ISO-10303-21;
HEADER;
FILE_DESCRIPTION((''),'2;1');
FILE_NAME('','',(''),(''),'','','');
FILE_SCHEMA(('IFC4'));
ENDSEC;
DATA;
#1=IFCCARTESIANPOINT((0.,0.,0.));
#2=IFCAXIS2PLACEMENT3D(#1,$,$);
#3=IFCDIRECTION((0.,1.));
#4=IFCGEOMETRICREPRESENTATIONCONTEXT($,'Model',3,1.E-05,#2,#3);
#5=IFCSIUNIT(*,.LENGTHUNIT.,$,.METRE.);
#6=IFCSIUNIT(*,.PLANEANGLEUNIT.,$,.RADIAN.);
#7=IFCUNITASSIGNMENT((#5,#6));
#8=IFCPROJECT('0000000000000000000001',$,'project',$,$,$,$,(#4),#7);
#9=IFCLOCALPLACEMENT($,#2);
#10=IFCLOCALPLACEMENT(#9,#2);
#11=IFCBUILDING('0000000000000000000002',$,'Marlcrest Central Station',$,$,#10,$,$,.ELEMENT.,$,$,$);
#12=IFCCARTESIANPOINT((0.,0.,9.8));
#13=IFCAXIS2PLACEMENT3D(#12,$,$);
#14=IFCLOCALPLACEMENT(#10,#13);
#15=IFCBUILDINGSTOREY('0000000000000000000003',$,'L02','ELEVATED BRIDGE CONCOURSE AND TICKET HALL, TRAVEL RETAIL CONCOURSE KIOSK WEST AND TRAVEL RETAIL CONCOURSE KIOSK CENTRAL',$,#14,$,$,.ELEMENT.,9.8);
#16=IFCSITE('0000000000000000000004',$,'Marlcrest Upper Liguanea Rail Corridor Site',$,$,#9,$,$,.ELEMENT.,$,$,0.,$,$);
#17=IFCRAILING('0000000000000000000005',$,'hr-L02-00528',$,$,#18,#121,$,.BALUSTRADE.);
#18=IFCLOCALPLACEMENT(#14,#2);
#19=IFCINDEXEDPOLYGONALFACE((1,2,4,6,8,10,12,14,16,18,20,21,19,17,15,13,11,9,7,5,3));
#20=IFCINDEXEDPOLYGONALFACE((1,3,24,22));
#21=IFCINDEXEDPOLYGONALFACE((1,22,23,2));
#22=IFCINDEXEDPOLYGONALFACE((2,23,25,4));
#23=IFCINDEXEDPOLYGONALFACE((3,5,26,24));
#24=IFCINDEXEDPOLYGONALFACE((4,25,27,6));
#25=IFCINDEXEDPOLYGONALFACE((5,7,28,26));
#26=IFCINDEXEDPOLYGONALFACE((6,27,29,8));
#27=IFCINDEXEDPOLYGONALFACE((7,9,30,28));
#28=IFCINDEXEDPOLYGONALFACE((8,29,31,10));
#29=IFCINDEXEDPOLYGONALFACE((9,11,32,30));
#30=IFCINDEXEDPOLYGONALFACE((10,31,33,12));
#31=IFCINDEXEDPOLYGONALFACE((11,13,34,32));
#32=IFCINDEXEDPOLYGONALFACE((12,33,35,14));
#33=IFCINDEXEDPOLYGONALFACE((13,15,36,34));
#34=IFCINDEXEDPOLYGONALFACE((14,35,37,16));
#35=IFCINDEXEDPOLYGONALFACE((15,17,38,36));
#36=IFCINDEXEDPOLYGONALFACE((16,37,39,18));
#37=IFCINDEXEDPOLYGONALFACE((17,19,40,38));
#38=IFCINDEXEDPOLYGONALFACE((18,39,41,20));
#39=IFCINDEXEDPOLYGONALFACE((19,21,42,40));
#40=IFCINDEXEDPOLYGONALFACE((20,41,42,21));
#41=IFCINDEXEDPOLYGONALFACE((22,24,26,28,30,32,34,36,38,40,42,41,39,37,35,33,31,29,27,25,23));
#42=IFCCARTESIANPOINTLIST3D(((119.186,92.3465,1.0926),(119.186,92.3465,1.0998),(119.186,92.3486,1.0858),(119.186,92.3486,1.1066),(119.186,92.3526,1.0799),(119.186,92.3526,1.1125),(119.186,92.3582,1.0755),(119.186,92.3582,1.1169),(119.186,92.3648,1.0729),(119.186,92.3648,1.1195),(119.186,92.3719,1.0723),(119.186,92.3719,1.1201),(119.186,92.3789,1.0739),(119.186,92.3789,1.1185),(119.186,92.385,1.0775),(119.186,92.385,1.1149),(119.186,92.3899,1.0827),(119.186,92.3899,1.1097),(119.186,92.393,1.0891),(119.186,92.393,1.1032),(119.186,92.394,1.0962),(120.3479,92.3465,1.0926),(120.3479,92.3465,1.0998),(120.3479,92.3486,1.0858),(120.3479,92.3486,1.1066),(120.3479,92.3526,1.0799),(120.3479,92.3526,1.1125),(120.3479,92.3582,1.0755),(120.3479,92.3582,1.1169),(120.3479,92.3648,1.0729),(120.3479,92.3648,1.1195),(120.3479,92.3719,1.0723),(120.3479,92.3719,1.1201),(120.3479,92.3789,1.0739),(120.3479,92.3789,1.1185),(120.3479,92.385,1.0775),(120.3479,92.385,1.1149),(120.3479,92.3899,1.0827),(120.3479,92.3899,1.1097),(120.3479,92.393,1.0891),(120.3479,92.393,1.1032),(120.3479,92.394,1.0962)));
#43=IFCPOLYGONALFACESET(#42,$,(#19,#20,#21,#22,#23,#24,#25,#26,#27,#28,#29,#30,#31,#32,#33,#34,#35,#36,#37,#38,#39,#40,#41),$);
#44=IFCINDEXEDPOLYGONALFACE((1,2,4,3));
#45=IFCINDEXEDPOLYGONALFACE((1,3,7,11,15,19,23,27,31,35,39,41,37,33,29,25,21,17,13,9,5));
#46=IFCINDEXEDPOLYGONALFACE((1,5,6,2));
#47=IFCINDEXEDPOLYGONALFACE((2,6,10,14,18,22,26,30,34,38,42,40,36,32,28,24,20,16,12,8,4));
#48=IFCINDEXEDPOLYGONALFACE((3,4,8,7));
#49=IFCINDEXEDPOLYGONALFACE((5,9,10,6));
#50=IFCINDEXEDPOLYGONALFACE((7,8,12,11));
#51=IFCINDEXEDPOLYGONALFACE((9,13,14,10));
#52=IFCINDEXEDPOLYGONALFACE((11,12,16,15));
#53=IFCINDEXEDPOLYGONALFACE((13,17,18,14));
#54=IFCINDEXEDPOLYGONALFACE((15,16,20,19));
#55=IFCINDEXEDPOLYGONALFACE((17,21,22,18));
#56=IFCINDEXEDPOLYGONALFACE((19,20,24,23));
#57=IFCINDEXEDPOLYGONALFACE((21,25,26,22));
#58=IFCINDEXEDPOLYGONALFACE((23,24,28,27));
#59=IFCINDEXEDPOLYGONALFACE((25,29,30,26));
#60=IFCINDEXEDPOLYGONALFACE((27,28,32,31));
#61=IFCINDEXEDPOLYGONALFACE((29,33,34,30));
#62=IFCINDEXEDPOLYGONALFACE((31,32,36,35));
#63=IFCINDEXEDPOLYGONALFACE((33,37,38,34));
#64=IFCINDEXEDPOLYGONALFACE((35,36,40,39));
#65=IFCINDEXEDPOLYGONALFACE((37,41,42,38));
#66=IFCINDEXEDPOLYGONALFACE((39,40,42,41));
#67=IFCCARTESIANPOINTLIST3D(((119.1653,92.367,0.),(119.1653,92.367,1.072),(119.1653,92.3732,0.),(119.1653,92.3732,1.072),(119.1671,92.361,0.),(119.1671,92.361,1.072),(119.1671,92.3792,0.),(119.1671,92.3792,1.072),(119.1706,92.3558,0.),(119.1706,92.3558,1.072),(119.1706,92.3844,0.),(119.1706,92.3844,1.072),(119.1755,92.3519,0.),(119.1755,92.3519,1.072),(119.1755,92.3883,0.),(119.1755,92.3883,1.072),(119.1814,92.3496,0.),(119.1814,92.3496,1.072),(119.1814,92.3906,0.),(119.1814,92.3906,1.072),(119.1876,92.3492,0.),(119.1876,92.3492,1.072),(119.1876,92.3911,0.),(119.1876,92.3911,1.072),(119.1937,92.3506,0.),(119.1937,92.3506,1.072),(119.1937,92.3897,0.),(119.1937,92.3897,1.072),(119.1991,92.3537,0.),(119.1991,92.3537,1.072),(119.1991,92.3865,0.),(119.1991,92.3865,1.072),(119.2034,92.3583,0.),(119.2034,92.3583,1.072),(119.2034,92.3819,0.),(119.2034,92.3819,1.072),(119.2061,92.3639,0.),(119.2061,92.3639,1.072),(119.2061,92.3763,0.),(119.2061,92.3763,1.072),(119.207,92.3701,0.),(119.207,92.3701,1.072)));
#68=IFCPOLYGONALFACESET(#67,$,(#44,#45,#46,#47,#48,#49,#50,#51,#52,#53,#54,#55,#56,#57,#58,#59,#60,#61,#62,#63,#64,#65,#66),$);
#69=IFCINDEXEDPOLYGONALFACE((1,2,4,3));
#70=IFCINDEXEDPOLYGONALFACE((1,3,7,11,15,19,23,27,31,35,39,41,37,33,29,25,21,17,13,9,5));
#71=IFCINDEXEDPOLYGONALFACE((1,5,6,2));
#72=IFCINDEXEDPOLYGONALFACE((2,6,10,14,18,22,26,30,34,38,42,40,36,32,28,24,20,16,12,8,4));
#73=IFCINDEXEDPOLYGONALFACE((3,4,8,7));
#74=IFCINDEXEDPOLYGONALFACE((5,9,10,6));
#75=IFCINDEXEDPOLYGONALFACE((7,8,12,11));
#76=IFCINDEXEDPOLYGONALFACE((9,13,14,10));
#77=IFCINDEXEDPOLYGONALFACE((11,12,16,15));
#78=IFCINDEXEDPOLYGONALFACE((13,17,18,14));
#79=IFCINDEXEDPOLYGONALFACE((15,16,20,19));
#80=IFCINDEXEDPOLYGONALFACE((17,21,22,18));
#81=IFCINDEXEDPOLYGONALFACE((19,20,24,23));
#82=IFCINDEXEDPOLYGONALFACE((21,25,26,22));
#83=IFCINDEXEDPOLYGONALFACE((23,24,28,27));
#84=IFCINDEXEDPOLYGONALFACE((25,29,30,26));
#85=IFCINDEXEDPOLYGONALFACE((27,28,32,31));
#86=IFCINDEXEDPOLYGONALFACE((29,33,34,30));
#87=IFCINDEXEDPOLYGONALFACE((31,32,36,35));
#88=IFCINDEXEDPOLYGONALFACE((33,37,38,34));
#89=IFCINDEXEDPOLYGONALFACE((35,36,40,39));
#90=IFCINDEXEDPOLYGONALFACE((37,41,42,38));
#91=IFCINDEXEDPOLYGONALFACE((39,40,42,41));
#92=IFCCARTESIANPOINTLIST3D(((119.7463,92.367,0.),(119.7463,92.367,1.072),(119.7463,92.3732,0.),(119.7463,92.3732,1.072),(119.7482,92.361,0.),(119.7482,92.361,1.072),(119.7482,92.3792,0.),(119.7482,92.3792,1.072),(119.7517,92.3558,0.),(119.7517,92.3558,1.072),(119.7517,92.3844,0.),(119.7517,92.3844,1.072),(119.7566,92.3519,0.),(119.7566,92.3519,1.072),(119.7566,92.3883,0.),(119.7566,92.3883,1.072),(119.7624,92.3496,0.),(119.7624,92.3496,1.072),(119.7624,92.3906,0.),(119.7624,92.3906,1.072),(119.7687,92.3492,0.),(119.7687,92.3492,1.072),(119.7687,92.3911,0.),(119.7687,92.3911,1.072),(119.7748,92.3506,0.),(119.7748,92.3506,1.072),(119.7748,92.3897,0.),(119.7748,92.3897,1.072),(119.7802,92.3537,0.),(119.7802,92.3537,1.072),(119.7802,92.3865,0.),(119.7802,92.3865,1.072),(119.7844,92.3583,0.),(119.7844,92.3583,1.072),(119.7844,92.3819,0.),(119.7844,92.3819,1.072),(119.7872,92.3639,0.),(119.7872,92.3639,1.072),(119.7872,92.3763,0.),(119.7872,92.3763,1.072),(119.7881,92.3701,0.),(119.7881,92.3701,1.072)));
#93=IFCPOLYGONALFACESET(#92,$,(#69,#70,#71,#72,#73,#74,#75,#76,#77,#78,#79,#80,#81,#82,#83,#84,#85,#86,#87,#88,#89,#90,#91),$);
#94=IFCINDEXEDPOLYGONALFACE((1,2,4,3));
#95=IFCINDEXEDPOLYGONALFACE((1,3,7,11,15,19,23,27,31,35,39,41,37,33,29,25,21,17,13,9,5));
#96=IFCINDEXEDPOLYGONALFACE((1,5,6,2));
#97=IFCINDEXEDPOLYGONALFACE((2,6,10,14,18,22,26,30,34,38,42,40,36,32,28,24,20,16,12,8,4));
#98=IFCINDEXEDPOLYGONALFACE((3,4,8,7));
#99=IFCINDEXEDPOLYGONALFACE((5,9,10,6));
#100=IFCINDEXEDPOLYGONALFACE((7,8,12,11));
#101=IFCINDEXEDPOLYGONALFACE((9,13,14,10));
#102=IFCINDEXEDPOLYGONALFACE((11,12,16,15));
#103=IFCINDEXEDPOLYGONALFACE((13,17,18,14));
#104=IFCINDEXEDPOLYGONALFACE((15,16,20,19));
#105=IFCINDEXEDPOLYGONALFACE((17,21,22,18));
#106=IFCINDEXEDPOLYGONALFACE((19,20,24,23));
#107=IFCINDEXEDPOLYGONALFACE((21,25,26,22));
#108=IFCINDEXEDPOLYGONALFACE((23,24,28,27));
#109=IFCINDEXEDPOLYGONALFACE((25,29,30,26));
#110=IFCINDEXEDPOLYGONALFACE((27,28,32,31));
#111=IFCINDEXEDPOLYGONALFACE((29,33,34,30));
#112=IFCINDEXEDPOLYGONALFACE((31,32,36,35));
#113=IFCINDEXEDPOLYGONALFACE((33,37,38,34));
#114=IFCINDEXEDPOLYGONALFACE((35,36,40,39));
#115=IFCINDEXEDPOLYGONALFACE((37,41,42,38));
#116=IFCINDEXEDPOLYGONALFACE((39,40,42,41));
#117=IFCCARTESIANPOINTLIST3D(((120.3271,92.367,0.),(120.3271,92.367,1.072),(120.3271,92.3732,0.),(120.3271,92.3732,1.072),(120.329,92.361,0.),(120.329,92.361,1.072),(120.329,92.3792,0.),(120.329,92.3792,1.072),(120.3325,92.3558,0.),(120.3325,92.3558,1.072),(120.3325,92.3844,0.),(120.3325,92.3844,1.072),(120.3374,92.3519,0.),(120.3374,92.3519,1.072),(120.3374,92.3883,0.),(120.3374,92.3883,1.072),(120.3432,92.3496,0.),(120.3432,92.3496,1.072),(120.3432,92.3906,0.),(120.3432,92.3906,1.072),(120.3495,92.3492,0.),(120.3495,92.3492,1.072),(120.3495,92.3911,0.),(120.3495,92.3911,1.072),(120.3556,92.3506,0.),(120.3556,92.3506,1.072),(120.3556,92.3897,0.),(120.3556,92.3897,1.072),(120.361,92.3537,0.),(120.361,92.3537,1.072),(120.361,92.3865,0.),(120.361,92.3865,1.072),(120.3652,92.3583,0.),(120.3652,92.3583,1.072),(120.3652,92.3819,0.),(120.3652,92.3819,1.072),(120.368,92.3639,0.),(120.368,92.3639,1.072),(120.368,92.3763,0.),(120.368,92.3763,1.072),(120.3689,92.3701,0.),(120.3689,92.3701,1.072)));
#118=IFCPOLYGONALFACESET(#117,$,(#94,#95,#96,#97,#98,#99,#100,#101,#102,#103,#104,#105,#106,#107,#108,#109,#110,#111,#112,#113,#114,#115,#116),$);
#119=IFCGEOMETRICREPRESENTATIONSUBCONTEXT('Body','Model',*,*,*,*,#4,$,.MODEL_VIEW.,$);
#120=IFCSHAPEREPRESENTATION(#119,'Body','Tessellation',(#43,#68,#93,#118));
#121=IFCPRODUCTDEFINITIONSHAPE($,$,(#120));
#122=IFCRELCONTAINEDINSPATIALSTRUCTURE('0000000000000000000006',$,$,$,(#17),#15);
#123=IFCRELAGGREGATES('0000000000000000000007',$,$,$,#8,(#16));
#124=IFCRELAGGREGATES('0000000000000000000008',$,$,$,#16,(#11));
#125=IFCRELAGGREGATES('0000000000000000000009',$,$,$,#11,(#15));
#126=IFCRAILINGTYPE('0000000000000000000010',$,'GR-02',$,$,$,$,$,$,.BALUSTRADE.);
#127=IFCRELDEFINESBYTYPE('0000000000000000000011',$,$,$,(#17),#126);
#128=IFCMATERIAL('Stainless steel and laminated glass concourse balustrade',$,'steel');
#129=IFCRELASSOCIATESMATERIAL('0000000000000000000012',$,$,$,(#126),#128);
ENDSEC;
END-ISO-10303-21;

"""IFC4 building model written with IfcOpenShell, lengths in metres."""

from ifc_helpers import new_model, si_unit, direction, frame, origin, origin_2d, place, context, subcontext, project, spatial, circle, extrude, material, type_object, element, save


model = new_model("IFC4")

# Units and contexts
model_context = context("Model", 3, precision=1e-05, world=origin(), true_north=direction((0.0, 1.0)))
body_context = subcontext(model_context, "Body", "Model", "MODEL_VIEW")
ifc_project = project(units=[si_unit("LENGTHUNIT", "METRE"), si_unit("PLANEANGLEUNIT", "RADIAN")], contexts=[model_context])

# Site, building, storey
site_placement = place(None, origin())
site = spatial("IfcSite", under=ifc_project, at=site_placement, Name="Marlcrest Upper Liguanea Rail Corridor Site", CompositionType="ELEMENT", RefElevation=0.0)
building_placement = place(site_placement, origin())
building = spatial("IfcBuilding", under=site, at=building_placement, Name="Marlcrest Central Station", CompositionType="ELEMENT")
storey_placement = place(building_placement, frame((0.0, 0.0, 9.8)))
storey = spatial("IfcBuildingStorey", under=building, at=storey_placement, Name="L02", Description="ELEVATED BRIDGE CONCOURSE AND TICKET HALL, TRAVEL RETAIL CONCOURSE KIOSK WEST AND TRAVEL RETAIL CONCOURSE KIOSK CENTRAL", CompositionType="ELEMENT", Elevation=9.8)

# Railing
ifc_material_1 = material(Name="Stainless steel and laminated glass concourse balustrade", Category="steel")
railing_type = type_object("IfcRailingType", Name="GR-02", PredefinedType="BALUSTRADE", material=ifc_material_1)
railing_1_placement = place(storey_placement, frame((119.186, 92.3701, 0.0)))
element("IfcRailing", 1, at=railing_1_placement, inside=storey, type_object=railing_type, Name="hr-L02-00528", PredefinedType="BALUSTRADE", context=body_context, shape_type="SweptSolid", body=[
    extrude(circle(Radius=0.0239, at=origin_2d()), frame((0.0, 0.0, 1.0962), z_axis=(1.0, 0.0, 0.0), x_axis=(0.0, 1.0, 0.0)), (0.0, 0.0, 1.0), 1.1619),
    extrude(circle(Radius=0.021, at=origin_2d()), origin(), (0.0, 0.0, 1.0), 1.072),
    extrude(circle(Radius=0.021, at=origin_2d()), frame((0.5811, 0.0, 0.0)), (0.0, 0.0, 1.0), 1.072),
    extrude(circle(Radius=0.021, at=origin_2d()), frame((1.1619, 0.0, 0.0)), (0.0, 0.0, 1.0), 1.072),
])

save(model, "model.ifc")
